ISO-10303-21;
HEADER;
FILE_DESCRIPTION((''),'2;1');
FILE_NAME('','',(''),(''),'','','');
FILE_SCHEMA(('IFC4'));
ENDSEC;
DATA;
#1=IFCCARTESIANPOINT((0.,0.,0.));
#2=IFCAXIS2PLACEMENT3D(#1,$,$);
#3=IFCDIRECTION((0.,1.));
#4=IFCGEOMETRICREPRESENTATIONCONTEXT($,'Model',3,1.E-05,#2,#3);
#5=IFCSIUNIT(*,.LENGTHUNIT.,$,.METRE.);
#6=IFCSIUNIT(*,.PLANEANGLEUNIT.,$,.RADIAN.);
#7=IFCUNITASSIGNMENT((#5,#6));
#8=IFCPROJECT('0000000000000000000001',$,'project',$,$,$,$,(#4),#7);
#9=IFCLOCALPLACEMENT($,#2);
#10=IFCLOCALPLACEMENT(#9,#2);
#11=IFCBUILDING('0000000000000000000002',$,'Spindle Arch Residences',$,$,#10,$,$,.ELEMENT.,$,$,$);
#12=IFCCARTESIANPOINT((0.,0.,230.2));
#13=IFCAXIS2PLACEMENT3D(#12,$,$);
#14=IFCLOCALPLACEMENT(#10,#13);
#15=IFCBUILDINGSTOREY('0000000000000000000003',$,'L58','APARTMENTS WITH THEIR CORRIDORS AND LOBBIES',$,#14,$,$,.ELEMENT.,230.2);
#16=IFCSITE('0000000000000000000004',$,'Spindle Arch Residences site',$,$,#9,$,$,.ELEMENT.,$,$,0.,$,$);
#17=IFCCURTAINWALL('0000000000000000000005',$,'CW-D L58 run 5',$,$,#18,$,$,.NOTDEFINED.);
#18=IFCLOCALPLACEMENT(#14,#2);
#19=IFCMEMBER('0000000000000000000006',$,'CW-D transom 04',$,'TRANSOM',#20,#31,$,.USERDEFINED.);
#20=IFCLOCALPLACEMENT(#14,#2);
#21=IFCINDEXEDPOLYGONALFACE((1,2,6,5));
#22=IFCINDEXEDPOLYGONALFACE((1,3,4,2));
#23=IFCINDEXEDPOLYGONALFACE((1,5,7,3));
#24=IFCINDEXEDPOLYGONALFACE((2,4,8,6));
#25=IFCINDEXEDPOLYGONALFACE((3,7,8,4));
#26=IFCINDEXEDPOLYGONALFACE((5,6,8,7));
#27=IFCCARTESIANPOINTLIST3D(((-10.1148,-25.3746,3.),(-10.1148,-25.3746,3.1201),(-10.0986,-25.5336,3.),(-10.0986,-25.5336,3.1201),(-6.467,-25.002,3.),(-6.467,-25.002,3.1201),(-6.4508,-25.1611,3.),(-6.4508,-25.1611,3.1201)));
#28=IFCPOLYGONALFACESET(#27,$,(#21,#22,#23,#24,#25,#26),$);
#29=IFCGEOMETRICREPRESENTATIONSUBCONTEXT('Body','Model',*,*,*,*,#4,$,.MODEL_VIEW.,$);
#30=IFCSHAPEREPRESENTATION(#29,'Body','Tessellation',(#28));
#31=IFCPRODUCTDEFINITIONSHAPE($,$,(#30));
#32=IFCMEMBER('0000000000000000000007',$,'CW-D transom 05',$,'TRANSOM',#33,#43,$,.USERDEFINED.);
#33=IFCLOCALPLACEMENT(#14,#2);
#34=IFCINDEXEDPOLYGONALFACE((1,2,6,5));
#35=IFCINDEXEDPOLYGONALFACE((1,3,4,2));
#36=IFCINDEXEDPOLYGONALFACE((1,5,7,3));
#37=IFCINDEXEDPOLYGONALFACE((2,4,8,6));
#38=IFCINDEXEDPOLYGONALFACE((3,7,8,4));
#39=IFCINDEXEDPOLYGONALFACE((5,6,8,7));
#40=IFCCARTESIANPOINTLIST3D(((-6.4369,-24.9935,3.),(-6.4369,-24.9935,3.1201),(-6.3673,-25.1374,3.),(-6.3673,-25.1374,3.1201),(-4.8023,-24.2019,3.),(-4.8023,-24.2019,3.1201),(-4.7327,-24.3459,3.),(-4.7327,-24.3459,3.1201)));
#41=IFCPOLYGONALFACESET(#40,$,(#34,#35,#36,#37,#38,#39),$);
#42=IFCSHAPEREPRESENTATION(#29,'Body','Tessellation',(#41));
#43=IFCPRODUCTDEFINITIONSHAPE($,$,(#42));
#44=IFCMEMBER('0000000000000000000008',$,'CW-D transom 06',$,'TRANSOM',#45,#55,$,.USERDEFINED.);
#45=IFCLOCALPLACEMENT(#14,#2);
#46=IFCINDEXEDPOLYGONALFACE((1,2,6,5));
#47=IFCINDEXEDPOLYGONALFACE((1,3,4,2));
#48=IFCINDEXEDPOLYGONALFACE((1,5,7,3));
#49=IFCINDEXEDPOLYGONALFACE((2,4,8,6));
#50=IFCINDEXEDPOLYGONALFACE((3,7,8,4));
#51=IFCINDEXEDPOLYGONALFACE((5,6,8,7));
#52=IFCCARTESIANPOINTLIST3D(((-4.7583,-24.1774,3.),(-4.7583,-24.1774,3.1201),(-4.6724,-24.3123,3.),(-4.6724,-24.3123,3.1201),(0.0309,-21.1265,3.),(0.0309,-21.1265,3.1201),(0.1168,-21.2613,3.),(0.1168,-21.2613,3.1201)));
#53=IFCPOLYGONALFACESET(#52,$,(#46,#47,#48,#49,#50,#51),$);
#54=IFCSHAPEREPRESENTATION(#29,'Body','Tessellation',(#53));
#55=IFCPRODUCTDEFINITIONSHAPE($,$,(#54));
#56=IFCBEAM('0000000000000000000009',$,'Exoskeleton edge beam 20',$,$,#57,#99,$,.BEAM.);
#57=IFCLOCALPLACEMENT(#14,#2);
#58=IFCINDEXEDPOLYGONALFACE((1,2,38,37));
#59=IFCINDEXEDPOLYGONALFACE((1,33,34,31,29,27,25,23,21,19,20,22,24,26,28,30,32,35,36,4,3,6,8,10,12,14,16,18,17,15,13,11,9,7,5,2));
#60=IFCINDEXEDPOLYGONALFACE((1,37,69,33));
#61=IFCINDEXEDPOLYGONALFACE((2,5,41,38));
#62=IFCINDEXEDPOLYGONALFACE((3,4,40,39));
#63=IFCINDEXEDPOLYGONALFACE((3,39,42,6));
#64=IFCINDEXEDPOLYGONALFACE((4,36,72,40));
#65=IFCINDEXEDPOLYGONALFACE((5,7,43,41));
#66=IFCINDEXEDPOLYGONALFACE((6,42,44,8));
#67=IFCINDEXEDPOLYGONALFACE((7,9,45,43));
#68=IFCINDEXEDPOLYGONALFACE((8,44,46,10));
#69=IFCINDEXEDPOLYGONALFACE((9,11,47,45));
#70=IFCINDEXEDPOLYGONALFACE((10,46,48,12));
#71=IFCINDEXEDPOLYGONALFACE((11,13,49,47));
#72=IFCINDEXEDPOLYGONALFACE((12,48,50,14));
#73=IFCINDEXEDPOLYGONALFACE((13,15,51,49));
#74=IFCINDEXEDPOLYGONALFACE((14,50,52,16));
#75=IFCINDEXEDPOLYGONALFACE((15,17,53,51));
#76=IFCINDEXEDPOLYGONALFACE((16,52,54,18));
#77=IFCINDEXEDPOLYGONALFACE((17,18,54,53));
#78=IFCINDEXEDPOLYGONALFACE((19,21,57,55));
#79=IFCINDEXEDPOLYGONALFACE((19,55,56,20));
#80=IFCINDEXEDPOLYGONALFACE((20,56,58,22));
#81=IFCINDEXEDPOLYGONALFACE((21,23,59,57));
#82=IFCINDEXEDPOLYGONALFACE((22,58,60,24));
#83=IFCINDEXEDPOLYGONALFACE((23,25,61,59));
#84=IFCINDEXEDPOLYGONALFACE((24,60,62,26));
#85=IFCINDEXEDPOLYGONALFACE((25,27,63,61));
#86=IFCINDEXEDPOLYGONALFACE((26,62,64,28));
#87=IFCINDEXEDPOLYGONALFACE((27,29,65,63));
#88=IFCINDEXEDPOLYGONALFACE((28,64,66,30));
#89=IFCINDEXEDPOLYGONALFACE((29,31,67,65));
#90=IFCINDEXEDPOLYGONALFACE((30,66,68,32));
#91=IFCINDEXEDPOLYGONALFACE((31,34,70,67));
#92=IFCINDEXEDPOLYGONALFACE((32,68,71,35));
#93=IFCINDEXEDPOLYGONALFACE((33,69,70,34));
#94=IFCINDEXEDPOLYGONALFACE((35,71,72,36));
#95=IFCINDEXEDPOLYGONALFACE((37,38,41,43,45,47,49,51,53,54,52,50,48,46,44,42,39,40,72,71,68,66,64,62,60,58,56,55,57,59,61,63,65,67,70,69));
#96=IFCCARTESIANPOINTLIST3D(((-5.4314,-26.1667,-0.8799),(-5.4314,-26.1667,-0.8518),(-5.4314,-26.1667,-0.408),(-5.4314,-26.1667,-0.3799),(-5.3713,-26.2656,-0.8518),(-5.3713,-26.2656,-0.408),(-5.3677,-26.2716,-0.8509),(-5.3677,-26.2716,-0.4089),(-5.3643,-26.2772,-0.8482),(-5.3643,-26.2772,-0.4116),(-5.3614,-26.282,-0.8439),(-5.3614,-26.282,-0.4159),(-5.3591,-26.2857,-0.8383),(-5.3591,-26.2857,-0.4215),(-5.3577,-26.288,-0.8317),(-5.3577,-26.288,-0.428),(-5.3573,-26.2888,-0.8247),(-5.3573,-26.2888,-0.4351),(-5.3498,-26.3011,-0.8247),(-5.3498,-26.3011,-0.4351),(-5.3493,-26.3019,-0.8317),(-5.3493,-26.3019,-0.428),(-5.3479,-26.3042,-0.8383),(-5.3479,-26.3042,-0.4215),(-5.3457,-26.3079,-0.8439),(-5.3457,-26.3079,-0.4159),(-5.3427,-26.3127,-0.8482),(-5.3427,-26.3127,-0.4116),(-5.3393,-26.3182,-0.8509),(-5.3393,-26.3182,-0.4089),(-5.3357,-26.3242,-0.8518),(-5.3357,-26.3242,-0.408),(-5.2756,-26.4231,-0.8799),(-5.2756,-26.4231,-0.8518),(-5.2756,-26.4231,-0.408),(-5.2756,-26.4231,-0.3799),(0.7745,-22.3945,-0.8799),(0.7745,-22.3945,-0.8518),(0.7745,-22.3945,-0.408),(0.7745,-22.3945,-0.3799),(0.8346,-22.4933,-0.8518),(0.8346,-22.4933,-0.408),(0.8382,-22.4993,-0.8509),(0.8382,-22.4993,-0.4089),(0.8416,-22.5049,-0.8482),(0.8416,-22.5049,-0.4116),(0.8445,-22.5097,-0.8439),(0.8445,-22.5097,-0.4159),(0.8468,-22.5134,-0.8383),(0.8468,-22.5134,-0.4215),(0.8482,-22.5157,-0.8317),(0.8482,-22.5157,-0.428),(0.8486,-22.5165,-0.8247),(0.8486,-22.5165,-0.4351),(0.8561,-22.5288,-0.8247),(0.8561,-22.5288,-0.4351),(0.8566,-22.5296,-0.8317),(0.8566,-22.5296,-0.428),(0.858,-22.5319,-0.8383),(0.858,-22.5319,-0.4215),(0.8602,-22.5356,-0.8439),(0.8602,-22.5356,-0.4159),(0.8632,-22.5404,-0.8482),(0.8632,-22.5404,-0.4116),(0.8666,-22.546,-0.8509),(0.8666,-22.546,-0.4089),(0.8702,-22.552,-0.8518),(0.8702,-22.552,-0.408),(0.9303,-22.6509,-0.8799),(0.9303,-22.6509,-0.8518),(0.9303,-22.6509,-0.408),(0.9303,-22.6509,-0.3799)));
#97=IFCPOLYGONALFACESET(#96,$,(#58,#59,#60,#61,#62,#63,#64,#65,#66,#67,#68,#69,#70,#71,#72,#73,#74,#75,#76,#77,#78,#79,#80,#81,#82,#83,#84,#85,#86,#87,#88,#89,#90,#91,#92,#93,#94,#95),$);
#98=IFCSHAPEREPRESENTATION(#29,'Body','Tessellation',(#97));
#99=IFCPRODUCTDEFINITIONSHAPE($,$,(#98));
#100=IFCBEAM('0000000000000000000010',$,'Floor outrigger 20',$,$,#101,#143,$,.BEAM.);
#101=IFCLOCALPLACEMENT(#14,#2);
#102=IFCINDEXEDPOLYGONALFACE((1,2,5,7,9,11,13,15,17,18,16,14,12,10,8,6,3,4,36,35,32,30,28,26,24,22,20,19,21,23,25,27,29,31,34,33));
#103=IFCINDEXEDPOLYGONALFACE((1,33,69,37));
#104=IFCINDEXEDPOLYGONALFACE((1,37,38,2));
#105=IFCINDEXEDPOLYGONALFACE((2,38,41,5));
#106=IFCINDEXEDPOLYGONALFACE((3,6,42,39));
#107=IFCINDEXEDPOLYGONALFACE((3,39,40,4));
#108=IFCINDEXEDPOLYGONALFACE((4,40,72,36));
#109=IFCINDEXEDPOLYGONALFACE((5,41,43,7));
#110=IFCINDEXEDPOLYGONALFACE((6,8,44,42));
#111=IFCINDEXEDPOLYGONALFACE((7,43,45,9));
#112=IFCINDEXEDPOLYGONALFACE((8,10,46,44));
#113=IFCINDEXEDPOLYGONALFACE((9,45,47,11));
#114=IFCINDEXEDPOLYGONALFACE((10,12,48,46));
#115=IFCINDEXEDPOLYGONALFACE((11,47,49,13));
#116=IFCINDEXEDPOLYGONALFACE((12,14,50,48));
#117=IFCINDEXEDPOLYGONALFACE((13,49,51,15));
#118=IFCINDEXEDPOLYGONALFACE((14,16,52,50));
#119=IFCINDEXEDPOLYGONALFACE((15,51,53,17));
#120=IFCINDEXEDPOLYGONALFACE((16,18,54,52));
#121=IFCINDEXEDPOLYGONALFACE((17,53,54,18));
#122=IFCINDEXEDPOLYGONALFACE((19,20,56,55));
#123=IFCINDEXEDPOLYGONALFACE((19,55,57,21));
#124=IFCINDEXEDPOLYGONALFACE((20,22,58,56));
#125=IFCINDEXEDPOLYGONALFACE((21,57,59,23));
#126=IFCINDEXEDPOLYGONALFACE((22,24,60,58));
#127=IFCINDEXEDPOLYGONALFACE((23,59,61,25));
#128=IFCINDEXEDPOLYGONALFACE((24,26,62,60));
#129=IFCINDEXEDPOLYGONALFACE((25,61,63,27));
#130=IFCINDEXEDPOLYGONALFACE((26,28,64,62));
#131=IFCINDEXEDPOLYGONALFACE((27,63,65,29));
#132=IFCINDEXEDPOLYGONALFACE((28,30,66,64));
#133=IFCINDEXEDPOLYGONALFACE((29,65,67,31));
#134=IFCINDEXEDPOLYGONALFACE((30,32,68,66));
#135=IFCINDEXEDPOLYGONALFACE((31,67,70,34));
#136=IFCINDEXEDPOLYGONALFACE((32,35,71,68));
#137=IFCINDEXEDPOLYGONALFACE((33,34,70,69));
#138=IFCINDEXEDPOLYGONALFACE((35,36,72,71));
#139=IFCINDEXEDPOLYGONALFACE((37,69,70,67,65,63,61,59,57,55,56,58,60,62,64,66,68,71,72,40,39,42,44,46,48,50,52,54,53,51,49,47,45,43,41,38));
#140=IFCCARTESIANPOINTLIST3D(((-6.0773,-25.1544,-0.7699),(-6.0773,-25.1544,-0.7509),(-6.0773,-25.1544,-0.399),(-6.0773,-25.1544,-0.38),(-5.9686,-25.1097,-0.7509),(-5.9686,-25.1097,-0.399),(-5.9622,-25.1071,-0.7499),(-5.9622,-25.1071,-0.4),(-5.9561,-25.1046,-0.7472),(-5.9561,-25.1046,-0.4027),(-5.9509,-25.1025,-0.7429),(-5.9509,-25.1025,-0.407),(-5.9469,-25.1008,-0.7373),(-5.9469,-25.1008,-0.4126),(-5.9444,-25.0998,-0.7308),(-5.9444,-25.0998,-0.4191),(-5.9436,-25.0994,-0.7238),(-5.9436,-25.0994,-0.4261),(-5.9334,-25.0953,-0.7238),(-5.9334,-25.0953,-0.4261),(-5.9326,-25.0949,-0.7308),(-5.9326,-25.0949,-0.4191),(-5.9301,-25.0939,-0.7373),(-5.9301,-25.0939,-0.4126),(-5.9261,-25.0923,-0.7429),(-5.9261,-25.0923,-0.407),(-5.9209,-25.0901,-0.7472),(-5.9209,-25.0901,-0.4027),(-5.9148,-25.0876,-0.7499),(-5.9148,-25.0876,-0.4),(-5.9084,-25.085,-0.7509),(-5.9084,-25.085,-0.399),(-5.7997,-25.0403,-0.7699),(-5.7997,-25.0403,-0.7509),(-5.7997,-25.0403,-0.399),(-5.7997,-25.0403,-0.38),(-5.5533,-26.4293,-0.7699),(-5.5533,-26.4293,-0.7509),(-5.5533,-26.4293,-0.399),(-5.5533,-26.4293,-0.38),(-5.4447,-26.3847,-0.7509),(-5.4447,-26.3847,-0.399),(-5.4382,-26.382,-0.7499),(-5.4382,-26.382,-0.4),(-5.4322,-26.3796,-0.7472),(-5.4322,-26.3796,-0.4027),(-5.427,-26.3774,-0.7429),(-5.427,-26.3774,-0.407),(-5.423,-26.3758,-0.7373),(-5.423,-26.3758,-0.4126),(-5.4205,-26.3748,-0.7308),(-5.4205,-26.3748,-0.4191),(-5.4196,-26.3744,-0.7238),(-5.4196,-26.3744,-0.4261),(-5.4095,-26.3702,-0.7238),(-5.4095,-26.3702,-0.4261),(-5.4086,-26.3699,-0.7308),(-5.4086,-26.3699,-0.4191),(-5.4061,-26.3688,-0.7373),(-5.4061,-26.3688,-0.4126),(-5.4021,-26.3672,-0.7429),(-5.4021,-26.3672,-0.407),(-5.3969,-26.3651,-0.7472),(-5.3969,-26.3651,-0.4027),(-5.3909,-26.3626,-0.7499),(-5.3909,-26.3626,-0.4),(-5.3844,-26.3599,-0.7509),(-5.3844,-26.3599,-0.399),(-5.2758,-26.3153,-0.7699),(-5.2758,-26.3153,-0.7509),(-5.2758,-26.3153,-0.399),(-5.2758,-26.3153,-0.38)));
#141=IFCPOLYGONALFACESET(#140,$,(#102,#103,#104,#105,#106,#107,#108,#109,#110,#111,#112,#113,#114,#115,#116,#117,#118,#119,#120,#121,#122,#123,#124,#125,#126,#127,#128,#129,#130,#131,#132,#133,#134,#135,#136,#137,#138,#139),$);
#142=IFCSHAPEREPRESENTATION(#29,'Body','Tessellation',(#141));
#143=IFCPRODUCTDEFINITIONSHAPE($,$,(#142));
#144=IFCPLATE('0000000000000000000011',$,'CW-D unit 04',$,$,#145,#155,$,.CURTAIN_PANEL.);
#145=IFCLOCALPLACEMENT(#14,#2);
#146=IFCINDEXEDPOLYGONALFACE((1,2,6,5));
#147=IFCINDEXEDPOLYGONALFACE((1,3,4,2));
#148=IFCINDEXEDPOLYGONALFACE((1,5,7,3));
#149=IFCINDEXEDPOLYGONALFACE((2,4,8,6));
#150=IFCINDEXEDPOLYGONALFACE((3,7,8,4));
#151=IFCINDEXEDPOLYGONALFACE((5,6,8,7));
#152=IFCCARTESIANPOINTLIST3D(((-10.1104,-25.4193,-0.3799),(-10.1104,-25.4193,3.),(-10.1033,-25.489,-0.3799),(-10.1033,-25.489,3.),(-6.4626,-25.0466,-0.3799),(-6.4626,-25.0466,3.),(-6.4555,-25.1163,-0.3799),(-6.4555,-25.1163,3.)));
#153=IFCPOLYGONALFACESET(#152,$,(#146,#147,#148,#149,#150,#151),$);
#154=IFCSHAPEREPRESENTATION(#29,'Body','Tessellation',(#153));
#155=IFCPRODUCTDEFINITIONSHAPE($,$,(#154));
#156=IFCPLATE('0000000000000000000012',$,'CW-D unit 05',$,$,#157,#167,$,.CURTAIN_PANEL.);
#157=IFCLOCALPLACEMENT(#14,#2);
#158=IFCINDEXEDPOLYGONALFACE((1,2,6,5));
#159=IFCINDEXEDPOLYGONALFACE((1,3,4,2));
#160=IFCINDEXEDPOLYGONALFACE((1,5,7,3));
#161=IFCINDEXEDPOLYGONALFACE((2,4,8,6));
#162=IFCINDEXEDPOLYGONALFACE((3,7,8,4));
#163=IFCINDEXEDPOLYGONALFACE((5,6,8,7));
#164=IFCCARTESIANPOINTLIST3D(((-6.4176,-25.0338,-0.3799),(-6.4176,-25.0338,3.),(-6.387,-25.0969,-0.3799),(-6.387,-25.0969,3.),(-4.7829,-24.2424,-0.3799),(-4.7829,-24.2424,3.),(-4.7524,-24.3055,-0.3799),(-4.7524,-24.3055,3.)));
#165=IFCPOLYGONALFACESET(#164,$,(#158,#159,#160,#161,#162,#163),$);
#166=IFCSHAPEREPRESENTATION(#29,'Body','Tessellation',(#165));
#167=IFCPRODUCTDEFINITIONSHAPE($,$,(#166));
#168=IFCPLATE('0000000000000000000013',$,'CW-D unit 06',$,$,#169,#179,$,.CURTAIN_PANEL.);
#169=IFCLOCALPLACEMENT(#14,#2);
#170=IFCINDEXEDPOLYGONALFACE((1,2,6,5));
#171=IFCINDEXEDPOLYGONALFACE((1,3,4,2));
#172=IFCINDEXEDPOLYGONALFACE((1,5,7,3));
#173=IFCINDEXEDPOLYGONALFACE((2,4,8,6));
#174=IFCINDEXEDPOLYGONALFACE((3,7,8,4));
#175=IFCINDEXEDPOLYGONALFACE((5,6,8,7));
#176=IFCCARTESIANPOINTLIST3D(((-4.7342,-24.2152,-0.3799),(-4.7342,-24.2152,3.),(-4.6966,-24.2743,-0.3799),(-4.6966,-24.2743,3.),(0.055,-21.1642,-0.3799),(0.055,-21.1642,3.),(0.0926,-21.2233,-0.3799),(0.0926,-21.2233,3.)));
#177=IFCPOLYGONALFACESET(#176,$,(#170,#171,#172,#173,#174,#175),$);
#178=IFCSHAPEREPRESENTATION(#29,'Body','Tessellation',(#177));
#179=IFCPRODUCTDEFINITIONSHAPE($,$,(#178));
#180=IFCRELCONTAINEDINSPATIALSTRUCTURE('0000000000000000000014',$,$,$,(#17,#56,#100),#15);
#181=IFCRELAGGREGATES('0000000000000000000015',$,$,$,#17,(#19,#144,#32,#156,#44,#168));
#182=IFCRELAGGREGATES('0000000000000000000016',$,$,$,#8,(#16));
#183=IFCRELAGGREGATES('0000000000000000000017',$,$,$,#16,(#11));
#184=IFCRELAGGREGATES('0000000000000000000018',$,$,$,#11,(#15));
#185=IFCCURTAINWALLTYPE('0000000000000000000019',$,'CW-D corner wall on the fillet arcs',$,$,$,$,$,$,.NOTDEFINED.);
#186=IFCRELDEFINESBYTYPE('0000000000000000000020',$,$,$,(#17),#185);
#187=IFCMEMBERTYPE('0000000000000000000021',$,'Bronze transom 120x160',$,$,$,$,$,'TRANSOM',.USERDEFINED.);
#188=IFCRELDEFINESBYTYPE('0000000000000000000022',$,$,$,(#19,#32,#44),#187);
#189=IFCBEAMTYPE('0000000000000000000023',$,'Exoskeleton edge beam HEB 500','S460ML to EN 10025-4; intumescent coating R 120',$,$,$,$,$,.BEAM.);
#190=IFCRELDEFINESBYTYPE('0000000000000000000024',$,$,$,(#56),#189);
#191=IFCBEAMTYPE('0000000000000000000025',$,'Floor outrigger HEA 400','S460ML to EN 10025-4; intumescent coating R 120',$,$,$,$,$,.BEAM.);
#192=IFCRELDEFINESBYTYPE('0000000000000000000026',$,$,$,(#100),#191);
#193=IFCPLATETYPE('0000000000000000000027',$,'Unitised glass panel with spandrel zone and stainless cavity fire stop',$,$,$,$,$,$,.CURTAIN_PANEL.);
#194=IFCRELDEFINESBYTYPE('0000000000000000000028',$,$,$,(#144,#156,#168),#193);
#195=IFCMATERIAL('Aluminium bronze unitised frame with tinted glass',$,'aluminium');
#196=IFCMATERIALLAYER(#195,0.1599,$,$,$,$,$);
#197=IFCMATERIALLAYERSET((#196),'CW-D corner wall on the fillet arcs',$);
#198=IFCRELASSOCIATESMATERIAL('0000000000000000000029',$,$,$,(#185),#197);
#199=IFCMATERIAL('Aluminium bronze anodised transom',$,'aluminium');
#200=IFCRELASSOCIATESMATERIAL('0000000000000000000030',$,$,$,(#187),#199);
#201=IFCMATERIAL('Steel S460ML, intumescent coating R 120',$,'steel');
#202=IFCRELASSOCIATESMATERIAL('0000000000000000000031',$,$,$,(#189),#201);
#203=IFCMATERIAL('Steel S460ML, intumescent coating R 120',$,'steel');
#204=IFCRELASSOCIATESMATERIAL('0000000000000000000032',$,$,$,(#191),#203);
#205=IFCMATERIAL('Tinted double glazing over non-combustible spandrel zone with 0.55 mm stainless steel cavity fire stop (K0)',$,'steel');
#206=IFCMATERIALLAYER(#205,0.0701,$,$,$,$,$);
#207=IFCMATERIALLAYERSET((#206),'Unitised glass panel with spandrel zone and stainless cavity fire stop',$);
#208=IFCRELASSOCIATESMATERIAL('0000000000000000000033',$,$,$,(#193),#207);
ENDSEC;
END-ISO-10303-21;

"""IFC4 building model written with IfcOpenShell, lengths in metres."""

from ifc_helpers import new_model, si_unit, direction, frame, origin, origin_2d, place, context, subcontext, project, spatial, rectangle, i_section, extrude, material, layer, layer_set, material_profile, profile_set, type_object, element, aggregate, save


model = new_model("IFC4")

# Units and contexts
model_context = context("Model", 3, precision=1e-05, world=origin(), true_north=direction((0.0, 1.0)))
body_context = subcontext(model_context, "Body", "Model", "MODEL_VIEW")
ifc_project = project(units=[si_unit("LENGTHUNIT", "METRE"), si_unit("PLANEANGLEUNIT", "RADIAN")], contexts=[model_context])

# Site, building, storey
site_placement = place(None, origin())
site = spatial("IfcSite", under=ifc_project, at=site_placement, Name="Spindle Arch Residences site", CompositionType="ELEMENT", RefElevation=0.0)
building_placement = place(site_placement, origin())
building = spatial("IfcBuilding", under=site, at=building_placement, Name="Spindle Arch Residences", CompositionType="ELEMENT")
storey_placement = place(building_placement, frame((0.0, 0.0, 230.2)))
storey = spatial("IfcBuildingStorey", under=building, at=storey_placement, Name="L58", Description="APARTMENTS WITH THEIR CORRIDORS AND LOBBIES", CompositionType="ELEMENT", Elevation=230.2)

# Curtain wall, members
ifc_material_1 = material(Name="Aluminium bronze unitised frame with tinted glass", Category="aluminium")
ifc_layer_1 = layer(ifc_material_1, 0.1599)
ifc_layer_set_1 = layer_set([ifc_layer_1], Name="CW-D corner wall on the fillet arcs")
curtain_wall_type = type_object("IfcCurtainWallType", Name="CW-D corner wall on the fillet arcs", PredefinedType="NOTDEFINED", material=ifc_layer_set_1)
curtain_wall_placement = place(storey_placement, origin())
curtain_wall = element("IfcCurtainWall", 1, at=curtain_wall_placement, inside=storey, type_object=curtain_wall_type, Name="CW-D L58 run 5", PredefinedType="NOTDEFINED")
ifc_material_2 = material(Name="Aluminium bronze anodised transom", Category="aluminium")
ifc_material_profile_1 = material_profile(ifc_material_2, rectangle(XDim=0.1599, YDim=0.1201, at=origin_2d()), Name="TR 120x160")
ifc_profile_set_1 = profile_set([ifc_material_profile_1], Name="Aluminium bronze anodised transom")
member_type_1 = type_object("IfcMemberType", Name="Bronze transom 120x160", ElementType="TRANSOM", PredefinedType="USERDEFINED", material=ifc_profile_set_1)
member_1_placement = place(storey_placement, frame((-10.1067, -25.4541, 3.0601), z_axis=(0.994825, 0.101606, 0.0), x_axis=(-0.101606, 0.994825, 0.0)))
member_1 = element("IfcMember", 2, at=member_1_placement, type_object=member_type_1, Name="CW-D transom 04", ObjectType="TRANSOM", PredefinedType="USERDEFINED", context=body_context, shape_type="SweptSolid", body=[
    extrude(rectangle(XDim=0.1599, YDim=0.1201, at=origin_2d()), origin(), (0.0, 0.0, 1.0), 3.6667),
])
member_2_placement = place(storey_placement, frame((-6.4021, -25.0654, 3.0601), z_axis=(0.900028, 0.435831, 0.0), x_axis=(-0.435831, 0.900028, 0.0)))
member_2 = element("IfcMember", 3, at=member_2_placement, type_object=member_type_1, Name="CW-D transom 05", ObjectType="TRANSOM", PredefinedType="USERDEFINED", context=body_context, shape_type="SweptSolid", body=[
    extrude(rectangle(XDim=0.1599, YDim=0.1201, at=origin_2d()), origin(), (0.0, 0.0, 1.0), 1.8162),
])
member_3_placement = place(storey_placement, frame((-4.7153, -24.2449, 3.0601), z_axis=(0.843399, 0.537287, 0.0), x_axis=(-0.537287, 0.843399, 0.0)))
member_3 = element("IfcMember", 4, at=member_3_placement, type_object=member_type_1, Name="CW-D transom 06", ObjectType="TRANSOM", PredefinedType="USERDEFINED", context=body_context, shape_type="SweptSolid", body=[
    extrude(rectangle(XDim=0.1599, YDim=0.1201, at=origin_2d()), origin(), (0.0, 0.0, 1.0), 5.6785),
])

# Beams
ifc_material_3 = material(Name="Steel S460ML, intumescent coating R 120", Category="steel")
ifc_material_profile_2 = material_profile(ifc_material_3, i_section(OverallWidth=0.3, OverallDepth=0.5, WebThickness=0.0144, FlangeThickness=0.0281, FilletRadius=0.0271, at=origin_2d()), Name="HEB 500")
ifc_profile_set_2 = profile_set([ifc_material_profile_2], Name="Steel S460ML, intumescent coating R 120")
beam_type_1 = type_object("IfcBeamType", Name="Exoskeleton edge beam HEB 500", Description="S460ML to EN 10025-4; intumescent coating R 120", PredefinedType="BEAM", material=ifc_profile_set_2)
beam_1_placement = place(storey_placement, frame((-5.3535, -26.2949, -0.6299), z_axis=(0.854518, 0.519421, 0.0), x_axis=(-0.519421, 0.854518, 0.0)))
element("IfcBeam", 5, at=beam_1_placement, inside=storey, type_object=beam_type_1, Name="Exoskeleton edge beam 20", PredefinedType="BEAM", context=body_context, shape_type="SweptSolid", body=[
    extrude(i_section(OverallWidth=0.3, OverallDepth=0.5, WebThickness=0.0144, FlangeThickness=0.0281, FilletRadius=0.0271, at=origin_2d()), origin(), (0.0, 0.0, 1.0), 7.2625),
])
ifc_material_4 = material(Name="Steel S460ML, intumescent coating R 120", Category="steel")
ifc_material_profile_3 = material_profile(ifc_material_4, i_section(OverallWidth=0.3, OverallDepth=0.3899, WebThickness=0.011, FlangeThickness=0.019, FilletRadius=0.0271, at=origin_2d()), Name="HEA 400")
ifc_profile_set_3 = profile_set([ifc_material_profile_3], Name="Steel S460ML, intumescent coating R 120")
beam_type_2 = type_object("IfcBeamType", Name="Floor outrigger HEA 400", Description="S460ML to EN 10025-4; intumescent coating R 120", PredefinedType="BEAM", material=ifc_profile_set_3)
beam_2_placement = place(storey_placement, frame((-5.4146, -26.3723, -0.575), z_axis=(-0.380108, 0.924942, 0.0), x_axis=(-0.924942, -0.380108, 0.0)))
element("IfcBeam", 6, at=beam_2_placement, inside=storey, type_object=beam_type_2, Name="Floor outrigger 20", PredefinedType="BEAM", context=body_context, shape_type="SweptSolid", body=[
    extrude(i_section(OverallWidth=0.3, OverallDepth=0.3899, WebThickness=0.011, FlangeThickness=0.019, FilletRadius=0.0271, at=origin_2d()), origin(), (0.0, 0.0, 1.0), 1.3784),
])

# Plates
ifc_material_5 = material(Name="Tinted double glazing over non-combustible spandrel zone with 0.55 mm stainless steel cavity fire stop (K0)", Category="steel")
ifc_layer_2 = layer(ifc_material_5, 0.0701)
ifc_layer_set_2 = layer_set([ifc_layer_2], Name="Unitised glass panel with spandrel zone and stainless cavity fire stop")
plate_type = type_object("IfcPlateType", Name="Unitised glass panel with spandrel zone and stainless cavity fire stop", PredefinedType="CURTAIN_PANEL", material=ifc_layer_set_2)
plate_1_placement = place(storey_placement, frame((-8.283, -25.2678, -0.3799), z_axis=(0.0, 0.0, 1.0), x_axis=(0.994822, 0.101635, 0.0)))
plate_1 = element("IfcPlate", 7, at=plate_1_placement, type_object=plate_type, Name="CW-D unit 04", PredefinedType="CURTAIN_PANEL", context=body_context, shape_type="SweptSolid", body=[
    extrude(rectangle(XDim=3.6667, YDim=0.0701, at=origin_2d()), origin(), (0.0, 0.0, 1.0), 3.3799),
])
plate_2_placement = place(storey_placement, frame((-5.585, -24.6697, -0.3799), z_axis=(0.0, 0.0, 1.0), x_axis=(0.900065, 0.435755, 0.0)))
plate_2 = element("IfcPlate", 8, at=plate_2_placement, type_object=plate_type, Name="CW-D unit 05", PredefinedType="CURTAIN_PANEL", context=body_context, shape_type="SweptSolid", body=[
    extrude(rectangle(XDim=1.8162, YDim=0.0701, at=origin_2d()), origin(), (0.0, 0.0, 1.0), 3.3799),
])
plate_3_placement = place(storey_placement, frame((-2.3208, -22.7192, -0.3799), z_axis=(0.0, 0.0, 1.0), x_axis=(0.843391, 0.5373, 0.0)))
plate_3 = element("IfcPlate", 9, at=plate_3_placement, type_object=plate_type, Name="CW-D unit 06", PredefinedType="CURTAIN_PANEL", context=body_context, shape_type="SweptSolid", body=[
    extrude(rectangle(XDim=5.6785, YDim=0.0701, at=origin_2d()), origin(), (0.0, 0.0, 1.0), 3.3799),
])
aggregate(curtain_wall, [member_1, plate_1, member_2, plate_2, member_3, plate_3])

save(model, "model.ifc")
